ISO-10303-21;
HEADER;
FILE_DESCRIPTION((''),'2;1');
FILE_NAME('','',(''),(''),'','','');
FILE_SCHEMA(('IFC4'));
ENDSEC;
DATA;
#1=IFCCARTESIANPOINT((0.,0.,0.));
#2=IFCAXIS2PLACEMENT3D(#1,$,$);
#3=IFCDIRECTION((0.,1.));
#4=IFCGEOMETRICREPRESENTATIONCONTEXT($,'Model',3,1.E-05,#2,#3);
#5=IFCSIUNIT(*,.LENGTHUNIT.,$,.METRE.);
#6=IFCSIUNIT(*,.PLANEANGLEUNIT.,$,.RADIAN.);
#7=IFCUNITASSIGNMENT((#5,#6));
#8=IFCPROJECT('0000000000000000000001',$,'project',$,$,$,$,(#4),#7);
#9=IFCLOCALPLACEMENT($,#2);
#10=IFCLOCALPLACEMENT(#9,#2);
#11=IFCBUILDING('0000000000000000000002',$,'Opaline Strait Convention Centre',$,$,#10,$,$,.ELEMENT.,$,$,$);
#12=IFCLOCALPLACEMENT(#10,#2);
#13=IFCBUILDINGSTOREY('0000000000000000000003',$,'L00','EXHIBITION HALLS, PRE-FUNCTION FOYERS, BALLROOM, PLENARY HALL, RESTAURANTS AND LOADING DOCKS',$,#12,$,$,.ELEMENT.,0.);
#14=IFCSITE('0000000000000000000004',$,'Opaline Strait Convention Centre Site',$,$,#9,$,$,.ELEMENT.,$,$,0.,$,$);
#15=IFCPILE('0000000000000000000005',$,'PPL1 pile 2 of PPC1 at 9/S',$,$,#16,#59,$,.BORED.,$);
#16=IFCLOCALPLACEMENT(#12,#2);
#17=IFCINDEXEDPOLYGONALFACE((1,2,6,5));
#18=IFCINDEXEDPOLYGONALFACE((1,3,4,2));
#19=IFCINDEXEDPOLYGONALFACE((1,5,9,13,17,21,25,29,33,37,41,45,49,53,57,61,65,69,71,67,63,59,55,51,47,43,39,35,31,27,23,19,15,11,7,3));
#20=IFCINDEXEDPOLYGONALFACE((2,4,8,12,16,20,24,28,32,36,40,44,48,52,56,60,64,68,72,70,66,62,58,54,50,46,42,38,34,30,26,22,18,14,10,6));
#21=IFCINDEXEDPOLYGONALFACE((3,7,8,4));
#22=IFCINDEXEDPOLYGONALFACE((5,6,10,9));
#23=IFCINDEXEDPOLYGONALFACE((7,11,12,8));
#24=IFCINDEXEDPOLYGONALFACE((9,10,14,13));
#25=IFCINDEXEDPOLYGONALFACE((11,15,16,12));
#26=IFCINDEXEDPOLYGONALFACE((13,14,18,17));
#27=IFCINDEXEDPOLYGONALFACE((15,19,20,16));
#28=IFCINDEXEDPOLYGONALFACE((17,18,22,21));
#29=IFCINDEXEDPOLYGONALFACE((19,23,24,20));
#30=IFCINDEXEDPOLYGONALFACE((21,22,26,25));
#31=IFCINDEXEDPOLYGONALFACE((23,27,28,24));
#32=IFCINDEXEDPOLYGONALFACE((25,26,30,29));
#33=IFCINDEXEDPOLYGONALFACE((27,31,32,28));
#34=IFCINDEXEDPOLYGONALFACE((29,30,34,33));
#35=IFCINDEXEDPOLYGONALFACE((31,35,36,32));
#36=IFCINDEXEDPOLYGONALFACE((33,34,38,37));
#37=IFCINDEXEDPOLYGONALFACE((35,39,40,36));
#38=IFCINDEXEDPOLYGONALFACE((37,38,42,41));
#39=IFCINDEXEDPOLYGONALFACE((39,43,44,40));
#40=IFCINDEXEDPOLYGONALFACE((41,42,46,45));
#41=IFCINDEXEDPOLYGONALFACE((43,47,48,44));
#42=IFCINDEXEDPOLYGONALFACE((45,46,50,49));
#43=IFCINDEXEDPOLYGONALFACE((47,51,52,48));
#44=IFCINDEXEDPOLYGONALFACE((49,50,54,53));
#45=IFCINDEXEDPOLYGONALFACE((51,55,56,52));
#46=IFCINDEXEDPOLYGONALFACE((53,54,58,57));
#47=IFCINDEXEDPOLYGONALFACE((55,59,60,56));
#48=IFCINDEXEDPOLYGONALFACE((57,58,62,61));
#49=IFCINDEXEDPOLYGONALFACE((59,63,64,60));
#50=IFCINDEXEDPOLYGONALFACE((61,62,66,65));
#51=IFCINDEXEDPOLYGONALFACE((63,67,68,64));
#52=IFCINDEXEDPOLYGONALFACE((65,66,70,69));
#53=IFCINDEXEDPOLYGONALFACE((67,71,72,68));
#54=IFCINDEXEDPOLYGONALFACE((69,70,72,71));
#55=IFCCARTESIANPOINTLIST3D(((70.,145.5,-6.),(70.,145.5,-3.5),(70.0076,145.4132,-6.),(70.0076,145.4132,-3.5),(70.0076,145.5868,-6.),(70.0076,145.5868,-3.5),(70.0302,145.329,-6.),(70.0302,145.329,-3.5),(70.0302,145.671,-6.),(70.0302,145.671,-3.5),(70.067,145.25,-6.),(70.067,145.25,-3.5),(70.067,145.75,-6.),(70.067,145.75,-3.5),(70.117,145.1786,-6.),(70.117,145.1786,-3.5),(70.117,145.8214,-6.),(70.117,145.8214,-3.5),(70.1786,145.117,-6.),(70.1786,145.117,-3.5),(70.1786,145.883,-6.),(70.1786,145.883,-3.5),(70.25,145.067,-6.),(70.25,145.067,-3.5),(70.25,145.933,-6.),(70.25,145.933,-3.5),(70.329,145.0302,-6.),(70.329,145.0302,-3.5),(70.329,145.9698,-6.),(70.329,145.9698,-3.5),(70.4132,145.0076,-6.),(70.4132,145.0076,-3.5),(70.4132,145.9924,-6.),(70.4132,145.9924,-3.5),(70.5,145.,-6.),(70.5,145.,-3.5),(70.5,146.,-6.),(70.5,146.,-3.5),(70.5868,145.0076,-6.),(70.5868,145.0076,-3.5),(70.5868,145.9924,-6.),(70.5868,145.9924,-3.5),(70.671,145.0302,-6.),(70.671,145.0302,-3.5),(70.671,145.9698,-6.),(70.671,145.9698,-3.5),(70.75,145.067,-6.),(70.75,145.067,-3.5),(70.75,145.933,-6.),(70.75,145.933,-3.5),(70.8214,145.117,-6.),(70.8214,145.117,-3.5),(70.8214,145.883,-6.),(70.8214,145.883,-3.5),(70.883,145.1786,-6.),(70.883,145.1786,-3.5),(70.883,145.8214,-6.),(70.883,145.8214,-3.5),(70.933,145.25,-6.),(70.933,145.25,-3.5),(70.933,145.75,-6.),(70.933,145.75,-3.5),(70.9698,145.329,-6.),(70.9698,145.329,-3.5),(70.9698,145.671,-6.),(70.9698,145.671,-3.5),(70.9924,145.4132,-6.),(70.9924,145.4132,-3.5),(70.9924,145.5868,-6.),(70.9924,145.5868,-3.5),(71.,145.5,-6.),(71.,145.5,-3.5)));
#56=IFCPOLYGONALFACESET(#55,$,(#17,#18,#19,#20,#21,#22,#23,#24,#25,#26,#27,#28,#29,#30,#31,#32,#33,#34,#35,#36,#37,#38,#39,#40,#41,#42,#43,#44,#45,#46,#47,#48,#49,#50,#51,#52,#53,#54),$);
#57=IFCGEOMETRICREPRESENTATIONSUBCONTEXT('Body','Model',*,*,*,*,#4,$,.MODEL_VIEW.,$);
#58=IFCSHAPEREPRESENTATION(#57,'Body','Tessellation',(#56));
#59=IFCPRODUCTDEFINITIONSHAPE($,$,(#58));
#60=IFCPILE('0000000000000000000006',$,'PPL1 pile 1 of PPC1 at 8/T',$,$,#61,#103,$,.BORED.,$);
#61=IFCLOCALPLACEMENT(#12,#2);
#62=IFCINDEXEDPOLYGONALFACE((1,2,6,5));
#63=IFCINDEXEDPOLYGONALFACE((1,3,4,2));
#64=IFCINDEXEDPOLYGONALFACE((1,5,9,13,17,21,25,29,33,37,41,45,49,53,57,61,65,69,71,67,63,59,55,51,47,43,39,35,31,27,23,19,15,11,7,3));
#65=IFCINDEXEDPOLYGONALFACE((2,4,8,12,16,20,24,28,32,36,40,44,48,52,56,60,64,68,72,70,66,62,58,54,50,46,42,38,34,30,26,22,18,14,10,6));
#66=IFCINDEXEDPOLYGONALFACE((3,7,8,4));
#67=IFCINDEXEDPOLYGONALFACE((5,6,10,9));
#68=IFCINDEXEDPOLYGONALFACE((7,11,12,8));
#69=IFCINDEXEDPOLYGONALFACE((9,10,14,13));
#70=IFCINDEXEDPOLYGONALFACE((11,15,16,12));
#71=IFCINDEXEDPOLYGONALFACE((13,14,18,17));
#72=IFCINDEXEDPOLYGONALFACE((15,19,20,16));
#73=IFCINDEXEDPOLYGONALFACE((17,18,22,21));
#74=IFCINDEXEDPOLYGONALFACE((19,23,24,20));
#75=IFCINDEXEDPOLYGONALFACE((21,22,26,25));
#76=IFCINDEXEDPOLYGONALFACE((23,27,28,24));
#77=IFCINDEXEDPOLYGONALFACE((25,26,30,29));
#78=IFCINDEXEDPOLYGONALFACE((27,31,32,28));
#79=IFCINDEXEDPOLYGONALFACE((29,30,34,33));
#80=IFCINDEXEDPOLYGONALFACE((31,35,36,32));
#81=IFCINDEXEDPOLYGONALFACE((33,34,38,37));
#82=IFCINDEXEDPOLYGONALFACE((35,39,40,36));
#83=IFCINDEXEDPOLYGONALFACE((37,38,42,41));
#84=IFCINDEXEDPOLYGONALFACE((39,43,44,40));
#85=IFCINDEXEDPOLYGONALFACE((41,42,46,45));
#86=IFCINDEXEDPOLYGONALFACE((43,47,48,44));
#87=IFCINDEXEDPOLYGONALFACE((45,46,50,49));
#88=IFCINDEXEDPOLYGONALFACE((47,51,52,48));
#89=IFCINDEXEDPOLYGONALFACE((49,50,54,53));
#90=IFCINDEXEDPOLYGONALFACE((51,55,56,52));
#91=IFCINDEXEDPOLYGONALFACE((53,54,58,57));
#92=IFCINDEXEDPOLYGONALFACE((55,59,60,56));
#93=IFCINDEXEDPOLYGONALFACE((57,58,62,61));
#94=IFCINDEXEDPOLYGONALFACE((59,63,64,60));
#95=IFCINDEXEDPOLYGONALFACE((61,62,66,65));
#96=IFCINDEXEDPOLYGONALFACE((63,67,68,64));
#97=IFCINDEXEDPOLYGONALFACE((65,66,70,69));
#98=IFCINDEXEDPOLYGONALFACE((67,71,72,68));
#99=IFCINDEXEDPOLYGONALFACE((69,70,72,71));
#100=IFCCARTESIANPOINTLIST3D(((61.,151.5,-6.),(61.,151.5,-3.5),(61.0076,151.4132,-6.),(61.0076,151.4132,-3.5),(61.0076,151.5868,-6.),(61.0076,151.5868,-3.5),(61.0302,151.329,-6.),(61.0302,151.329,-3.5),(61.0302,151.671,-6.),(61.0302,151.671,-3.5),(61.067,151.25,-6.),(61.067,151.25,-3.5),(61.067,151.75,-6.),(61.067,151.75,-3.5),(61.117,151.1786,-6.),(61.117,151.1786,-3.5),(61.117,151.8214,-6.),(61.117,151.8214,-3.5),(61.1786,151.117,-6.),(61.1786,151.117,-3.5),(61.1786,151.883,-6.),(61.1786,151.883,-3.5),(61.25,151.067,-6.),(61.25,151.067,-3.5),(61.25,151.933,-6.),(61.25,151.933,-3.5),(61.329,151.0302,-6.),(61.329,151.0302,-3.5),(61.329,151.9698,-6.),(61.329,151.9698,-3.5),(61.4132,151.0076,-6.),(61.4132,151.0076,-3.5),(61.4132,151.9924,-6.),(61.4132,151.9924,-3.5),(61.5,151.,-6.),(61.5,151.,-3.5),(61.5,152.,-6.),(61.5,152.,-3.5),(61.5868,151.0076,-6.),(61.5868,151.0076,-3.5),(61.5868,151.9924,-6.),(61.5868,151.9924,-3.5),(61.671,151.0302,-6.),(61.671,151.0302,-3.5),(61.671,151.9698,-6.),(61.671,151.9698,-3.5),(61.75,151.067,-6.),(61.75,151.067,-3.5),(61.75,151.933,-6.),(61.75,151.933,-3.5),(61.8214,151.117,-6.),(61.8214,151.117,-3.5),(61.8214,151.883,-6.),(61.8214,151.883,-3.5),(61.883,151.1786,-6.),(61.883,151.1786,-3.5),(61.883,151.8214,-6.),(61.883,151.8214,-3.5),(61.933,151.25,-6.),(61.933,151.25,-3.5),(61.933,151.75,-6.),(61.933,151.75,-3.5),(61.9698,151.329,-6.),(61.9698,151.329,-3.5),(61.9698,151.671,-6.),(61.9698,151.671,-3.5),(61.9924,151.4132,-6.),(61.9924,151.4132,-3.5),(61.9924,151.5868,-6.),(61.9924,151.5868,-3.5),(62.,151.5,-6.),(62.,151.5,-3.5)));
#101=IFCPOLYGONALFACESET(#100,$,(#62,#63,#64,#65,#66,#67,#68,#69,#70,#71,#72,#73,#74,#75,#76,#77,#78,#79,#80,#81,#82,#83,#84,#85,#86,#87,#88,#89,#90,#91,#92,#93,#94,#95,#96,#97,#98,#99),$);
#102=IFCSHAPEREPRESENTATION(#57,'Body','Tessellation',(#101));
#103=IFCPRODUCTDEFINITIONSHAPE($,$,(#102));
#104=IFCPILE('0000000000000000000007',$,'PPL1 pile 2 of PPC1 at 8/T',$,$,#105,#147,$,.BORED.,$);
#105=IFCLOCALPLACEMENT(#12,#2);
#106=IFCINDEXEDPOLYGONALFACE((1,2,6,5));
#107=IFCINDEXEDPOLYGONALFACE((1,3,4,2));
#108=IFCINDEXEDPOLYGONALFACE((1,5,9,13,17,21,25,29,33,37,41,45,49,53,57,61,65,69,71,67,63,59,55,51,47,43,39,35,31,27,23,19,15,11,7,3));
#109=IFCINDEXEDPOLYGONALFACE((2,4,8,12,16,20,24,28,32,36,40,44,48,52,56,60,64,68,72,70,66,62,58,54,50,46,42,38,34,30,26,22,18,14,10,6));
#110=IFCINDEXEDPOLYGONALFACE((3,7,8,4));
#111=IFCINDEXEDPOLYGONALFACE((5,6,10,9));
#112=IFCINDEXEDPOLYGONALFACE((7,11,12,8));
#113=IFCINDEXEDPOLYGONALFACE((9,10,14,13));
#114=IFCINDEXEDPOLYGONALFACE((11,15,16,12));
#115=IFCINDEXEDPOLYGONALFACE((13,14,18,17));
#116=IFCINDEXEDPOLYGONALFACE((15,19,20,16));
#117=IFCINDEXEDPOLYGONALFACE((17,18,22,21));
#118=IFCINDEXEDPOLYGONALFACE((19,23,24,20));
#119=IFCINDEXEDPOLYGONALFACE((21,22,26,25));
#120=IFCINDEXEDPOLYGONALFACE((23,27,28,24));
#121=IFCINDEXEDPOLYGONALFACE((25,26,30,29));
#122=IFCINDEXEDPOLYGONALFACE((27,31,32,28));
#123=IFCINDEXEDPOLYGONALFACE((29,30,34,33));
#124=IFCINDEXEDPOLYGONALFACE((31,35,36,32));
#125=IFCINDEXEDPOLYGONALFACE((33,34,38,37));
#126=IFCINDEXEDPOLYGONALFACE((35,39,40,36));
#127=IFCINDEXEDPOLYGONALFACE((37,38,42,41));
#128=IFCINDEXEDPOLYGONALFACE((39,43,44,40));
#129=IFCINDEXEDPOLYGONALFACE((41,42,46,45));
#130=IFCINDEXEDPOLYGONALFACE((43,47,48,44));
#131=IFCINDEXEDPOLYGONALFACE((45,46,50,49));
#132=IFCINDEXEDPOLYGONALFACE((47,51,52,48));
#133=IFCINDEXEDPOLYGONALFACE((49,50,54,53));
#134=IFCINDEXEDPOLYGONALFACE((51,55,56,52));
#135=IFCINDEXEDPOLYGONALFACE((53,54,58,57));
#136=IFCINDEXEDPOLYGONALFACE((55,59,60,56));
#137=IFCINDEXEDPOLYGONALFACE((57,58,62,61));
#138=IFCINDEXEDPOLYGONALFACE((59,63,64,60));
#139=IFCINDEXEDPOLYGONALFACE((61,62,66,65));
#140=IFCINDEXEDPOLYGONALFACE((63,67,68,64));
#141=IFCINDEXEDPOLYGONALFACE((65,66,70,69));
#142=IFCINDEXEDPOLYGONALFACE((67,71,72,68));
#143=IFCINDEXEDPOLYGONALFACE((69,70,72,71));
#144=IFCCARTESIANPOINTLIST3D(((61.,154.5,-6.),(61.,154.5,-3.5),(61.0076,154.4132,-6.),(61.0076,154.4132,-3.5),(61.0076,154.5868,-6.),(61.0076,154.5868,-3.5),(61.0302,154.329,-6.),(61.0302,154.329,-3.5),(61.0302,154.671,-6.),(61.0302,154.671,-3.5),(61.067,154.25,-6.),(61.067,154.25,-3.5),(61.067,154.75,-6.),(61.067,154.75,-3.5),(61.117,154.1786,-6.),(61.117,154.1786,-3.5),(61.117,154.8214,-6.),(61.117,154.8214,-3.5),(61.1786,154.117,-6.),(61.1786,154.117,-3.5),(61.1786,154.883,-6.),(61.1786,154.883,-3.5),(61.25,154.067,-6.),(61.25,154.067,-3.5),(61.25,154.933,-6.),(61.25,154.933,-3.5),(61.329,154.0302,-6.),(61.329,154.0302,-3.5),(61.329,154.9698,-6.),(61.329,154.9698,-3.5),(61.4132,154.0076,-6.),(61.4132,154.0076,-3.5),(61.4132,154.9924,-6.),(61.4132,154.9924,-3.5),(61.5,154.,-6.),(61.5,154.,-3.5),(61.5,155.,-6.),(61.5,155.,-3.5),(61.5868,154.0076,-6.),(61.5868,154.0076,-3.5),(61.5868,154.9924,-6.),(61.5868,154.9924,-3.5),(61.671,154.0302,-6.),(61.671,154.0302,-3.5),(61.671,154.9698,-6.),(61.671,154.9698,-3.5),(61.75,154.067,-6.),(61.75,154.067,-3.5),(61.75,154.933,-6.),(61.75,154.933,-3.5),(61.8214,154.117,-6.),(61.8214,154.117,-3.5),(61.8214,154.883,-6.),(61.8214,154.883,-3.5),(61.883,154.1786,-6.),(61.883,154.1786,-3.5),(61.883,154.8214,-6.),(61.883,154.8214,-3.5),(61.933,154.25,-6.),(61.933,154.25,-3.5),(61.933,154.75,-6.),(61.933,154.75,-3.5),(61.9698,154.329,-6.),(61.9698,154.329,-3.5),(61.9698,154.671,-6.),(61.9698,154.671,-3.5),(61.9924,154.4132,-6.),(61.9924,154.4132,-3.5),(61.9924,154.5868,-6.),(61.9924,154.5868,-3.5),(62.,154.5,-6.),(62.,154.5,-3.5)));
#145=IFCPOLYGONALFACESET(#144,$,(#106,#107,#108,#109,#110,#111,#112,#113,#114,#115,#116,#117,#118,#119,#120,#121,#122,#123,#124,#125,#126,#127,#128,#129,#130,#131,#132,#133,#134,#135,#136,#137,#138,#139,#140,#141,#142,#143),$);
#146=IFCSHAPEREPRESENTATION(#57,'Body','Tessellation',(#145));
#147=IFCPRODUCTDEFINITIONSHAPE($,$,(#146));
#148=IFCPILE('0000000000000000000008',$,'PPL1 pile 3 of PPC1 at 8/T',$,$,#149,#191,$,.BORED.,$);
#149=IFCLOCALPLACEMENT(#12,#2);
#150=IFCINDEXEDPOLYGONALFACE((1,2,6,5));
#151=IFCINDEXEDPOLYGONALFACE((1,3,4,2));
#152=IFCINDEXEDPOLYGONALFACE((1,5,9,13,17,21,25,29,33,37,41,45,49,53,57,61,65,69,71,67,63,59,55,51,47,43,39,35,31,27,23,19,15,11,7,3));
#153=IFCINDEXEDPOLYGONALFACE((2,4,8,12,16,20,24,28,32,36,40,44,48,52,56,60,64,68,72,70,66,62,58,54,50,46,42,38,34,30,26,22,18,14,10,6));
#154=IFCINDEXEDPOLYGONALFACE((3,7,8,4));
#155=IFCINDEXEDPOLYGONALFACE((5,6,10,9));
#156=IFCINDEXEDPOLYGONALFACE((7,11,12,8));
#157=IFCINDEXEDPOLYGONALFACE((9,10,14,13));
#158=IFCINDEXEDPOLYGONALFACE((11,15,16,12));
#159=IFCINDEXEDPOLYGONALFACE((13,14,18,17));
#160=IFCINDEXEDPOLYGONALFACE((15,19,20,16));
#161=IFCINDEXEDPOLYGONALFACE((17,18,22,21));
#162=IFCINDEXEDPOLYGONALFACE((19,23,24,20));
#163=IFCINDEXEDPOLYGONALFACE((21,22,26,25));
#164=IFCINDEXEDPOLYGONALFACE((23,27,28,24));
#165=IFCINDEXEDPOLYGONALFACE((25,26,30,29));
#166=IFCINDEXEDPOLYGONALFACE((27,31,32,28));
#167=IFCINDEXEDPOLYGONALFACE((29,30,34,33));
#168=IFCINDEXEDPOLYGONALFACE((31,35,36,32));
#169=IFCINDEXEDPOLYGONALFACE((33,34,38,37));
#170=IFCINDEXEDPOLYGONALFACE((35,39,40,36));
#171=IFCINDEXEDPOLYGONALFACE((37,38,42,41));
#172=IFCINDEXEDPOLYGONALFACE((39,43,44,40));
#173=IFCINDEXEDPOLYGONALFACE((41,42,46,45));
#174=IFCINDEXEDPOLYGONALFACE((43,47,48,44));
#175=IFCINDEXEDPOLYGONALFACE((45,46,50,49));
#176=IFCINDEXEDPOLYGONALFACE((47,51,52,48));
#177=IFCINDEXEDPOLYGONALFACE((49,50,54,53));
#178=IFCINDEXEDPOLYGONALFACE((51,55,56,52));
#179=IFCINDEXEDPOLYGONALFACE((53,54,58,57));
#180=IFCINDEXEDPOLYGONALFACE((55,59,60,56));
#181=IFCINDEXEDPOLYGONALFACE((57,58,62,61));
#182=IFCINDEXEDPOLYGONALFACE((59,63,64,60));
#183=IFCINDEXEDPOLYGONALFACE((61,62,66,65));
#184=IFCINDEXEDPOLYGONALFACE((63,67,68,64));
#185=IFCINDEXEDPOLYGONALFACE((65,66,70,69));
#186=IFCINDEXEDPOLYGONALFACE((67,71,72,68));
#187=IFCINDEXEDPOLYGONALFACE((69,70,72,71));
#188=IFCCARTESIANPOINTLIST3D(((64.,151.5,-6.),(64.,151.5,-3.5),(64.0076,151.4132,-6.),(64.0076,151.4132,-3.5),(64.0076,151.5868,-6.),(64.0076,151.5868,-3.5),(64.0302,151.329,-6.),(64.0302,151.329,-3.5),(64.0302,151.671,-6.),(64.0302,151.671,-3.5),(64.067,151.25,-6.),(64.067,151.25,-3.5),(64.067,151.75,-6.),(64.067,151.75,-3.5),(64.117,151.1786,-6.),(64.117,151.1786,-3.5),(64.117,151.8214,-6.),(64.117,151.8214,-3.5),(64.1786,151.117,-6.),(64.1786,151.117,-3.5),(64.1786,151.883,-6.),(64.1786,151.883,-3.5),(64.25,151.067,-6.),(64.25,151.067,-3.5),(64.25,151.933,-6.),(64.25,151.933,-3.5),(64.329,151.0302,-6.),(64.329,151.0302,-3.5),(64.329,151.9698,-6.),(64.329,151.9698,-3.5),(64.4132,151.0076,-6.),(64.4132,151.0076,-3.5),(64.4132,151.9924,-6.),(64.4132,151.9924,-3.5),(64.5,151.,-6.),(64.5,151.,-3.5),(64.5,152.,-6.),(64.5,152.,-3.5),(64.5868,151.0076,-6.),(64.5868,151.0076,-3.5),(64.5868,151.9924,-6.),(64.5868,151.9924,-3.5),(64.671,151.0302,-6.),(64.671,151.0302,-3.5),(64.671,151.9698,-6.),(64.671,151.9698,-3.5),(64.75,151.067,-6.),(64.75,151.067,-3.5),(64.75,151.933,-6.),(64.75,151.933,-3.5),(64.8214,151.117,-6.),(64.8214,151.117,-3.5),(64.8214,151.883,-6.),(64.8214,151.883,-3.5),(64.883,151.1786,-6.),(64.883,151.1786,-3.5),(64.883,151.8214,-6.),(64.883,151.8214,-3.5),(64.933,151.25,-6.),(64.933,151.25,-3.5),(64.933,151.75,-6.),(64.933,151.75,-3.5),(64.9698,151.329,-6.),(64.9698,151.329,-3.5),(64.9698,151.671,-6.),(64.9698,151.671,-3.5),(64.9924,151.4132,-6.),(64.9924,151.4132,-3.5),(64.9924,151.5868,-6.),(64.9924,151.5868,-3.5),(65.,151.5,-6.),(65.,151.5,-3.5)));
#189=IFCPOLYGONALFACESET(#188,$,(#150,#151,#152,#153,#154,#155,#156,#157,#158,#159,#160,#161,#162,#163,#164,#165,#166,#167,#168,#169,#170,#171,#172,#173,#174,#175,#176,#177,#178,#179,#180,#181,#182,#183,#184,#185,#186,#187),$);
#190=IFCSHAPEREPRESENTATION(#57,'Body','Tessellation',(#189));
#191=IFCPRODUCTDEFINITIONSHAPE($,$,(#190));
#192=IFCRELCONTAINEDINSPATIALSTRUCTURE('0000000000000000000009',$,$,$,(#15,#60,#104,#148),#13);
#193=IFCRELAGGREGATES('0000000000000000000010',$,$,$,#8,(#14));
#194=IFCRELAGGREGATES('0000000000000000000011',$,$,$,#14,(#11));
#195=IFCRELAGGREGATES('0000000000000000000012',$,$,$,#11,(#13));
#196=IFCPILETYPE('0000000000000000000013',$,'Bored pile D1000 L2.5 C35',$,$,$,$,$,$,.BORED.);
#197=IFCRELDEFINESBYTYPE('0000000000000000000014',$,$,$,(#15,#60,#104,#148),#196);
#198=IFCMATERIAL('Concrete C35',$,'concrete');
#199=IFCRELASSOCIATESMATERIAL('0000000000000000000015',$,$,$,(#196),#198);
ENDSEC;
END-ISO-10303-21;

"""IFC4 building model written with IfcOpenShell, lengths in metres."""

from ifc_helpers import new_model, si_unit, direction, frame, origin, origin_2d, place, context, subcontext, project, spatial, circle, extrude, material, material_profile, profile_set, type_object, element, save


model = new_model("IFC4")

# Units and contexts
model_context = context("Model", 3, precision=1e-05, world=origin(), true_north=direction((0.0, 1.0)))
body_context = subcontext(model_context, "Body", "Model", "MODEL_VIEW")
ifc_project = project(units=[si_unit("LENGTHUNIT", "METRE"), si_unit("PLANEANGLEUNIT", "RADIAN")], contexts=[model_context])

# Site, building, storey
site_placement = place(None, origin())
site = spatial("IfcSite", under=ifc_project, at=site_placement, Name="Opaline Strait Convention Centre Site", CompositionType="ELEMENT", RefElevation=0.0)
building_placement = place(site_placement, origin())
building = spatial("IfcBuilding", under=site, at=building_placement, Name="Opaline Strait Convention Centre", CompositionType="ELEMENT")
storey_placement = place(building_placement, origin())
storey = spatial("IfcBuildingStorey", under=building, at=storey_placement, Name="L00", Description="EXHIBITION HALLS, PRE-FUNCTION FOYERS, BALLROOM, PLENARY HALL, RESTAURANTS AND LOADING DOCKS", CompositionType="ELEMENT", Elevation=0.0)

# Piles
ifc_material_1 = material(Name="Concrete C35", Category="concrete")
ifc_material_profile_1 = material_profile(ifc_material_1, circle(Radius=0.5, at=origin_2d()), Name="D1000")
ifc_profile_set_1 = profile_set([ifc_material_profile_1], Name="Concrete C35")
pile_type_1 = type_object("IfcPileType", Name="Bored pile D1000 L2.5 C35", PredefinedType="BORED", material=ifc_profile_set_1)
for number, where, z_axis, x_axis, name in (
    (1, (70.5, 145.5, -3.5), (0.0, 0.0, -1.0), (1.0, 0.0, 0.0), "PPL1 pile 2 of PPC1 at 9/S"),
    (2, (61.5, 151.5, -3.5), (0.0, 0.0, -1.0), (1.0, 0.0, 0.0), "PPL1 pile 1 of PPC1 at 8/T"),
    (3, (61.5, 154.5, -3.5), (0.0, 0.0, -1.0), (1.0, 0.0, 0.0), "PPL1 pile 2 of PPC1 at 8/T"),
    (4, (64.5, 151.5, -3.5), (0.0, 0.0, -1.0), (1.0, 0.0, 0.0), "PPL1 pile 3 of PPC1 at 8/T"),
):
    element("IfcPile", number, at=place(storey_placement, frame(where, z_axis=z_axis, x_axis=x_axis)), inside=storey, type_object=pile_type_1, Name=name, PredefinedType="BORED", context=body_context, shape_type="SweptSolid", body=[
        extrude(circle(Radius=0.5, at=origin_2d()), origin(), (0.0, 0.0, 1.0), 2.5),
    ])

save(model, "model.ifc")
